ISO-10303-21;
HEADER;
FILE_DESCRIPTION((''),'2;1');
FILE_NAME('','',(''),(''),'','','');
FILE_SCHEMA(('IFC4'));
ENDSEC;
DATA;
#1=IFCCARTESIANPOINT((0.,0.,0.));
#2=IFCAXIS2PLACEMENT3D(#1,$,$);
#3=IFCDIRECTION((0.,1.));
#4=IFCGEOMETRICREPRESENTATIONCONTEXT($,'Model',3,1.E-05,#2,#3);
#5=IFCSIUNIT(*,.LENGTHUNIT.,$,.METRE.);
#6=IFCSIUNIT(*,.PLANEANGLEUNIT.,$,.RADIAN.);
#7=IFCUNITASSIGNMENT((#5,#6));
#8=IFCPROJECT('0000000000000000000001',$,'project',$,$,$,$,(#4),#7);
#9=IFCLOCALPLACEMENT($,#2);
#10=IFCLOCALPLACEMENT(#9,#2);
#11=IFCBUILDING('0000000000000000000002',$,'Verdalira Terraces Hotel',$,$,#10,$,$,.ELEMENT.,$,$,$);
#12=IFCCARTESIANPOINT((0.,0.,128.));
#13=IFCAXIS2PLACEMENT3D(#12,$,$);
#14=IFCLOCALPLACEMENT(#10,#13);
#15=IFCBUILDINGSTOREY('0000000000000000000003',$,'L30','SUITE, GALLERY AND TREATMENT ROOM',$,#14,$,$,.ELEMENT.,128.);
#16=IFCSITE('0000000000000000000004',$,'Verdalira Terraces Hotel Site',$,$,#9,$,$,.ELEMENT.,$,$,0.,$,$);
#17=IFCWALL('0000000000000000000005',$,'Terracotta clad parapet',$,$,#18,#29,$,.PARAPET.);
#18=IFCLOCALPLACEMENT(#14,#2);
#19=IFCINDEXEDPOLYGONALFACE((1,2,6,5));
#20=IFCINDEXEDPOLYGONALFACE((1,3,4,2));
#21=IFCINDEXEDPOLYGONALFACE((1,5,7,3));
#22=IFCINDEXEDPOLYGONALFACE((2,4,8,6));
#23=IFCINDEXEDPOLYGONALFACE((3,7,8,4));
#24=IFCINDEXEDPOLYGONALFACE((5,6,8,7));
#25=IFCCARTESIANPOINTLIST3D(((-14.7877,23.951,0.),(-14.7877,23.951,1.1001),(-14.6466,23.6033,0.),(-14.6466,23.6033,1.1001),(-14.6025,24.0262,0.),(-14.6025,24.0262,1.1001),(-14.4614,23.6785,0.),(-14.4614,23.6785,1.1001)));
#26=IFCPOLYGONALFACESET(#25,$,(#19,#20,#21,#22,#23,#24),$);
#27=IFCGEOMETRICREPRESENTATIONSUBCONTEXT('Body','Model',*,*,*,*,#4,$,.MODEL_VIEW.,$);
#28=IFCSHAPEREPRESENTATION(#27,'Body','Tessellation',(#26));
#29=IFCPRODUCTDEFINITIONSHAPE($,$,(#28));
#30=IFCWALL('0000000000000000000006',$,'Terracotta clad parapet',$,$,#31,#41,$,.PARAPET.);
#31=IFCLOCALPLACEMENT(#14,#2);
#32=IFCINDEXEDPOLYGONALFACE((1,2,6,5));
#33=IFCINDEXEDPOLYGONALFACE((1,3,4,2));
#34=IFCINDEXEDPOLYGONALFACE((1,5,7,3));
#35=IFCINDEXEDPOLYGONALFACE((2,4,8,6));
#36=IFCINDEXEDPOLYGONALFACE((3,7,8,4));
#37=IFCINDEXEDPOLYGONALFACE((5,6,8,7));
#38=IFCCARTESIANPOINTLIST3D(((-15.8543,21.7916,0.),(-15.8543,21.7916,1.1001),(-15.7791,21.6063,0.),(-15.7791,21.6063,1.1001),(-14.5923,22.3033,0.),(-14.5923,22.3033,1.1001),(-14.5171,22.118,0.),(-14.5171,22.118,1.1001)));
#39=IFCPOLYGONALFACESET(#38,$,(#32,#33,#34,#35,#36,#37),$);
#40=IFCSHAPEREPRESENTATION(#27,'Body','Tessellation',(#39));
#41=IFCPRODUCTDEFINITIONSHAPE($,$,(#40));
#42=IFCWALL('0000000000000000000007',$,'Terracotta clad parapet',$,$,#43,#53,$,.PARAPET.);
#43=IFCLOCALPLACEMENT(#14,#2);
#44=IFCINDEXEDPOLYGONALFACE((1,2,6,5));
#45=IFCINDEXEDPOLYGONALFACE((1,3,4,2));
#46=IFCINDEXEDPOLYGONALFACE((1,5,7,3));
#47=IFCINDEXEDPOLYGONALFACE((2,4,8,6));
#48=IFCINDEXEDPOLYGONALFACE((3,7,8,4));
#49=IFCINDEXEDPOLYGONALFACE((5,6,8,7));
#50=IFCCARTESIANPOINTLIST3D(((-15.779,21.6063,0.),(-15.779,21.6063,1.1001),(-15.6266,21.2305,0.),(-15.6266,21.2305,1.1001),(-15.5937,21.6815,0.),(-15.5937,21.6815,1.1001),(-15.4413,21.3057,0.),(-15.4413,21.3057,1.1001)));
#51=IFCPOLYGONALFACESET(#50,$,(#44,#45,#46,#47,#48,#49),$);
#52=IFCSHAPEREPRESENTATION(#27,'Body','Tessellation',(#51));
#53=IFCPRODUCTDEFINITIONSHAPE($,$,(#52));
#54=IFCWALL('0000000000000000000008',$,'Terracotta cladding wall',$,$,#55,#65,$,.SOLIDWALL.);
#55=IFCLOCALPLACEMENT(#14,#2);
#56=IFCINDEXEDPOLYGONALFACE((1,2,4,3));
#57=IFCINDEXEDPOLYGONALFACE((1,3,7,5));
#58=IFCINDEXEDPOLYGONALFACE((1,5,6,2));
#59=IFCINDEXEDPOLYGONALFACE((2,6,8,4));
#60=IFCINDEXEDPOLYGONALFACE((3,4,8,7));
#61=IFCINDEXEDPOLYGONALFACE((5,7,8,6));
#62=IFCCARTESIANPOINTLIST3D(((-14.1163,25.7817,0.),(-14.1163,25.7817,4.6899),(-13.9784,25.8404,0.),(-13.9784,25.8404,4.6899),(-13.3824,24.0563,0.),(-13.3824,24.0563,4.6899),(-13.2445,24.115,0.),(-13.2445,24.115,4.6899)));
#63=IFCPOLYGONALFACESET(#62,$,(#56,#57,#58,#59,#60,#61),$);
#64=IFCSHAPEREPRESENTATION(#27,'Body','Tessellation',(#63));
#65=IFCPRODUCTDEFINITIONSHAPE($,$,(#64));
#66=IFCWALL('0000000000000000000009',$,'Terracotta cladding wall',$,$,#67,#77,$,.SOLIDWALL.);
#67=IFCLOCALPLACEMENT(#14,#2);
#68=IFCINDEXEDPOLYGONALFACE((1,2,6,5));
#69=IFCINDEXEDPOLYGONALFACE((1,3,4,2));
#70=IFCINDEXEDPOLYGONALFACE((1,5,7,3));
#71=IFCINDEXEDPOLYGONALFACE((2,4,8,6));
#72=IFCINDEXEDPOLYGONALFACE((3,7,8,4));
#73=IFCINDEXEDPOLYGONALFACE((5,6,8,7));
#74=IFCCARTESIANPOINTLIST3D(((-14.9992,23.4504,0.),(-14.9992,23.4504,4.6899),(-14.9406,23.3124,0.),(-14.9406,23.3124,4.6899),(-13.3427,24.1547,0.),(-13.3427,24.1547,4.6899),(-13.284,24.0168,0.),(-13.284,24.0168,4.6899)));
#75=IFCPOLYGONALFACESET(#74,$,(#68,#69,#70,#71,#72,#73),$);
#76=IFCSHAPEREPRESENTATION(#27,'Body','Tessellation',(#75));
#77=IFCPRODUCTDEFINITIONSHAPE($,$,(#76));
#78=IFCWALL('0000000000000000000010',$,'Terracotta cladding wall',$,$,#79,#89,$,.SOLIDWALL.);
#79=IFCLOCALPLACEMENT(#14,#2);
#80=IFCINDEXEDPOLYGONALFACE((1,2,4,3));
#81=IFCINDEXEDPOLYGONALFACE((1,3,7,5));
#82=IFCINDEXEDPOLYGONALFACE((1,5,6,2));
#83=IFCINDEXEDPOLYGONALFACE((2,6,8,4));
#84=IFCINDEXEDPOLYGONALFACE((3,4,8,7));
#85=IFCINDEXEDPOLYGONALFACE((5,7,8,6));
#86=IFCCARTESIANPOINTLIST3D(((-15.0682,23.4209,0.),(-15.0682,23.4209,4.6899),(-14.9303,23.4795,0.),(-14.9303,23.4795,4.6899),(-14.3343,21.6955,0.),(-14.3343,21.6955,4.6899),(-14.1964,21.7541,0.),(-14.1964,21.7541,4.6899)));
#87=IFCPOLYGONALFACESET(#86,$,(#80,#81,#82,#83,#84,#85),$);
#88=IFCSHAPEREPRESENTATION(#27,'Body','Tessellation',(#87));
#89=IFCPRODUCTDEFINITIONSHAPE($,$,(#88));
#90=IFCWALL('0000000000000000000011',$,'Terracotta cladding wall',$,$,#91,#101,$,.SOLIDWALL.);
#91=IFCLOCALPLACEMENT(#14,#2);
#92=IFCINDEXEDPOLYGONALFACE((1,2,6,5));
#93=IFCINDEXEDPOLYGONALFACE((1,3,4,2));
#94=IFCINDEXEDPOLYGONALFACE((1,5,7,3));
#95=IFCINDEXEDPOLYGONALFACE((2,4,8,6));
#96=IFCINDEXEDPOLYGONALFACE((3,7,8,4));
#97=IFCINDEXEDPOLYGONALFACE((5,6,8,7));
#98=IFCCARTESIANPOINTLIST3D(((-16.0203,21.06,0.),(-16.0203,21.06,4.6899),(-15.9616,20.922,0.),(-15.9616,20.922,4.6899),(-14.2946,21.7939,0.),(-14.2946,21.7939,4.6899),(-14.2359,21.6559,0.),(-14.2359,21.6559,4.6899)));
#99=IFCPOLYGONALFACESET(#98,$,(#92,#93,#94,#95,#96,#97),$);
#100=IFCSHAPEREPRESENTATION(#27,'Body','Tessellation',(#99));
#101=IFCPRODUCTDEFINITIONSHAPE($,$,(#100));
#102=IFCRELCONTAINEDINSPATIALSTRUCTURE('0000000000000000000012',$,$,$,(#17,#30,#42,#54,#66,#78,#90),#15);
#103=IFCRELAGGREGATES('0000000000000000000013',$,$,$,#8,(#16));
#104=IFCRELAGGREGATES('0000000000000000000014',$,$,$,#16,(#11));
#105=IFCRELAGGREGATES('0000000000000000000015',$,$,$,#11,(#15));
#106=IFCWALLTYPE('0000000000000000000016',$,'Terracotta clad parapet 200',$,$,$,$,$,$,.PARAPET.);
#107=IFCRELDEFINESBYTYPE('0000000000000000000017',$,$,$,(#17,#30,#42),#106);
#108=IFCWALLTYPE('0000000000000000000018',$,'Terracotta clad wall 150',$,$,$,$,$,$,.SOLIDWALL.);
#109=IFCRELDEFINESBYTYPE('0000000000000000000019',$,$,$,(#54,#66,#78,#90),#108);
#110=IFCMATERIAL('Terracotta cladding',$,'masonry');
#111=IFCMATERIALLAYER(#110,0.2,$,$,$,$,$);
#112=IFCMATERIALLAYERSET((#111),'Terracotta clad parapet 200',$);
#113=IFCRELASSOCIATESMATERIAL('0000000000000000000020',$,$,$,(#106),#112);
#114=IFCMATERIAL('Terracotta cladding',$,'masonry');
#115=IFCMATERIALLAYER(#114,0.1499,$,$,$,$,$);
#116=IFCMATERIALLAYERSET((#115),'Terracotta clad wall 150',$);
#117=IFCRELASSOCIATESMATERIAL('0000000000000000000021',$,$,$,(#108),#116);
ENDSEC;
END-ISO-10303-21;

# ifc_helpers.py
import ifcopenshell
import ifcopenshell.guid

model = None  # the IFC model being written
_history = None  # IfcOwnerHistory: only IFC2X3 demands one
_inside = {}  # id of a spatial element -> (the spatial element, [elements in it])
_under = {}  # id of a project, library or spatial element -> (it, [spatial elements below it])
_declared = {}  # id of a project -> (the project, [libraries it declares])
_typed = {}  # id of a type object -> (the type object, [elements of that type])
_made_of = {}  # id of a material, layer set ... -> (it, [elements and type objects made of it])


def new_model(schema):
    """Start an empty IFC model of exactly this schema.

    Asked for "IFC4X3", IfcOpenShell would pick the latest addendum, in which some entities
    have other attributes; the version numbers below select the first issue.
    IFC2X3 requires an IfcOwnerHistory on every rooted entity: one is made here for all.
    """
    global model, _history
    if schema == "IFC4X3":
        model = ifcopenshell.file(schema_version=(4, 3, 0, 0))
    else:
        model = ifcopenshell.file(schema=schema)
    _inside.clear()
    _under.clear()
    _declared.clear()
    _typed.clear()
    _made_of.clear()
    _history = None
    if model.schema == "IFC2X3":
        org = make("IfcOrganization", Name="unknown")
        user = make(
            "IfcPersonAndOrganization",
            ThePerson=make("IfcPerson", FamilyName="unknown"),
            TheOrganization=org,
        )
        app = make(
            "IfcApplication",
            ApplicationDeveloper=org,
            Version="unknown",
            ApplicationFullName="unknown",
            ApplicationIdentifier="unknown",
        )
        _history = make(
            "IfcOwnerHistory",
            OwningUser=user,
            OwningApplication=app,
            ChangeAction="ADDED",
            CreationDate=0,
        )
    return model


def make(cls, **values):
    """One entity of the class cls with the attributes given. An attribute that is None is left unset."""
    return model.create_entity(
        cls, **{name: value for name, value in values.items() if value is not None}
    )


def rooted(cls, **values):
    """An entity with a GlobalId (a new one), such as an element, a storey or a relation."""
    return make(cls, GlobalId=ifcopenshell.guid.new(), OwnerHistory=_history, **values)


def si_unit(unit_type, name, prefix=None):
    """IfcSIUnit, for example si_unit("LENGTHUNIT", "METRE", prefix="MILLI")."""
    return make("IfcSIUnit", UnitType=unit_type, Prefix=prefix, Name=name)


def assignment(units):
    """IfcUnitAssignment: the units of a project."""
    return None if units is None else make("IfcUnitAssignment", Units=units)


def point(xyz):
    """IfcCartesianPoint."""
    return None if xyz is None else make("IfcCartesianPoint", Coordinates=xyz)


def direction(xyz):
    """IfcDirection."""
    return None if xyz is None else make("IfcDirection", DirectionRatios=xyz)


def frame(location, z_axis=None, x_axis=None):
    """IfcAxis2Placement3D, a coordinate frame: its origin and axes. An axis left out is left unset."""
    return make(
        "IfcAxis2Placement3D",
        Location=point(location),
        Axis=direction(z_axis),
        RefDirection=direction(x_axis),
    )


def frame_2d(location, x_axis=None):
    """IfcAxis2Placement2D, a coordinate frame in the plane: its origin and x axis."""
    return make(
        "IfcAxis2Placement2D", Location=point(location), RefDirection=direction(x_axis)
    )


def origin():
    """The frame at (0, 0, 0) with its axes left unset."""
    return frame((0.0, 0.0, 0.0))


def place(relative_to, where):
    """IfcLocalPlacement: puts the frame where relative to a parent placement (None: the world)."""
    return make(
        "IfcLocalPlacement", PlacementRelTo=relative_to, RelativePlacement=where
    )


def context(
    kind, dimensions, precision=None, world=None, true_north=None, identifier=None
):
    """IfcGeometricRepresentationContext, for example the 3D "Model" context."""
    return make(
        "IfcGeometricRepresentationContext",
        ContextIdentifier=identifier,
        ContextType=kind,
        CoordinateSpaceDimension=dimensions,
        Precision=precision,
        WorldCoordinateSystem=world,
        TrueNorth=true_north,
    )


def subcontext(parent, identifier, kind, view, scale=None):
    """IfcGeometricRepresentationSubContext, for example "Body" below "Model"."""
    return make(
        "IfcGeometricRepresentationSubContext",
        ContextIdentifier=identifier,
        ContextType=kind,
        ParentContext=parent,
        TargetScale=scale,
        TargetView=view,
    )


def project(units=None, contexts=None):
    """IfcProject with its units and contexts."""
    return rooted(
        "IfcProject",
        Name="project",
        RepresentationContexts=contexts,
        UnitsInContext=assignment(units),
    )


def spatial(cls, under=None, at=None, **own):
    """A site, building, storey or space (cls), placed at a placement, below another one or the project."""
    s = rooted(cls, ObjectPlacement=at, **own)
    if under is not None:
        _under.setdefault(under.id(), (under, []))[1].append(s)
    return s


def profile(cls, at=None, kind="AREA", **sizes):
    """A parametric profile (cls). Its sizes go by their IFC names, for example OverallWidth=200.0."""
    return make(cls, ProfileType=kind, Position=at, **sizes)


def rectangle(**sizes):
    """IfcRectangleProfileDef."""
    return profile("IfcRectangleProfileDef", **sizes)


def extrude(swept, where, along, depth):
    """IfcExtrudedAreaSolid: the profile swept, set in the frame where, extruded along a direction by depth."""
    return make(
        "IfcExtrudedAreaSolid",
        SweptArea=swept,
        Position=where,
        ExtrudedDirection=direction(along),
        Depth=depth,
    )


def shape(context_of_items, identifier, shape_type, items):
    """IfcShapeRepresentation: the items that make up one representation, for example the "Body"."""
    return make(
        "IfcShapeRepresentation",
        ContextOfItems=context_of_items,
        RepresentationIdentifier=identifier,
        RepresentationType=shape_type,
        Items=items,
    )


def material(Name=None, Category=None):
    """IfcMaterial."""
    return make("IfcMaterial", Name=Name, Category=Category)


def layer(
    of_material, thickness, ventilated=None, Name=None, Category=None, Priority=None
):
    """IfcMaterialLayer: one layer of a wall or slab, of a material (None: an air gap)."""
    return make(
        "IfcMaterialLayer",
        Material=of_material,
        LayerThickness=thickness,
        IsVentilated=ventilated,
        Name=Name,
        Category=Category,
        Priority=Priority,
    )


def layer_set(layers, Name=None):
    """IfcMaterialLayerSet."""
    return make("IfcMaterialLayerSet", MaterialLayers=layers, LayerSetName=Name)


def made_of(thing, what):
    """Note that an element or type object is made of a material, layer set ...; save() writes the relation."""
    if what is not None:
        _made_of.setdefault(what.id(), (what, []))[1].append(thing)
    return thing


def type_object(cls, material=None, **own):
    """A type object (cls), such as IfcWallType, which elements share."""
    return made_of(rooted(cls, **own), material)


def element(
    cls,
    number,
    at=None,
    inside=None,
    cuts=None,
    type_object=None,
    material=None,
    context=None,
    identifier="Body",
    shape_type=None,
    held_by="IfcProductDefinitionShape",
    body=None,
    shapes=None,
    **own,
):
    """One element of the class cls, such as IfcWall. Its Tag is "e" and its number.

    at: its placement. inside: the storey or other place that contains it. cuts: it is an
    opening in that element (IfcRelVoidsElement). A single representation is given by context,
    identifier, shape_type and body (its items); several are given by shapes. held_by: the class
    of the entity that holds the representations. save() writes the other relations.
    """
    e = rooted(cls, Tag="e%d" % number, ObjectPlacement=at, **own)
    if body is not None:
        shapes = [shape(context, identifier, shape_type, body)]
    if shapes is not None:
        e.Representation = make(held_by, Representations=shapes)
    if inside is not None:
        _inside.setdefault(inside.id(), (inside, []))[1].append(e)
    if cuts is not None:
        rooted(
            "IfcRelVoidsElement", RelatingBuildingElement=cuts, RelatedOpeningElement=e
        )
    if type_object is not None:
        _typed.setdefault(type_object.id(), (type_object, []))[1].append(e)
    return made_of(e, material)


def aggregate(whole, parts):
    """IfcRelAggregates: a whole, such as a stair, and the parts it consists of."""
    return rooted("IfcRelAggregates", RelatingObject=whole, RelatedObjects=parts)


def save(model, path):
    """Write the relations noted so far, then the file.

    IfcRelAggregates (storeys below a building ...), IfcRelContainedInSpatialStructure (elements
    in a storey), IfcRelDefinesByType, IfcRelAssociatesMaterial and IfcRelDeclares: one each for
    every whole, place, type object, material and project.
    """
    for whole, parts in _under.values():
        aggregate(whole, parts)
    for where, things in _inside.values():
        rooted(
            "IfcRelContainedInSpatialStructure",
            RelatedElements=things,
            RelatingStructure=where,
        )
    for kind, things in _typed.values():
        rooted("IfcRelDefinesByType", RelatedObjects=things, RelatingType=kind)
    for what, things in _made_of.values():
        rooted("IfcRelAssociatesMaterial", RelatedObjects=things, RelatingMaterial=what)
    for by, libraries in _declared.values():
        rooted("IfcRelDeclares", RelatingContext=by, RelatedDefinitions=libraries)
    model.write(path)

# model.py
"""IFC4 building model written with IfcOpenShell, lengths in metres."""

from ifc_helpers import new_model, si_unit, direction, frame, frame_2d, origin, place, context, subcontext, project, spatial, rectangle, extrude, material, layer, layer_set, type_object, element, save


model = new_model("IFC4")

# Units and contexts
model_context = context("Model", 3, precision=1e-05, world=origin(), true_north=direction((0.0, 1.0)))
body_context = subcontext(model_context, "Body", "Model", "MODEL_VIEW")
ifc_project = project(units=[si_unit("LENGTHUNIT", "METRE"), si_unit("PLANEANGLEUNIT", "RADIAN")], contexts=[model_context])

# Site, building, storey
site_placement = place(None, origin())
site = spatial("IfcSite", under=ifc_project, at=site_placement, Name="Verdalira Terraces Hotel Site", CompositionType="ELEMENT", RefElevation=0.0)
building_placement = place(site_placement, origin())
building = spatial("IfcBuilding", under=site, at=building_placement, Name="Verdalira Terraces Hotel", CompositionType="ELEMENT")
storey_placement = place(building_placement, frame((0.0, 0.0, 128.0)))
storey = spatial("IfcBuildingStorey", under=building, at=storey_placement, Name="L30", Description="SUITE, GALLERY AND TREATMENT ROOM", CompositionType="ELEMENT", Elevation=128.0)

# Walls
ifc_material_1 = material(Name="Terracotta cladding", Category="masonry")
ifc_layer_1 = layer(ifc_material_1, 0.2)
ifc_layer_set_1 = layer_set([ifc_layer_1], Name="Terracotta clad parapet 200")
wall_type_1 = type_object("IfcWallType", Name="Terracotta clad parapet 200", PredefinedType="PARAPET", material=ifc_layer_set_1)
wall_1_placement = place(storey_placement, frame((-14.6951, 23.9885, 0.0), z_axis=(0.0, 0.0, 1.0), x_axis=(0.376098, -0.92658, 0.0)))
element("IfcWall", 1, at=wall_1_placement, inside=storey, type_object=wall_type_1, Name="Terracotta clad parapet", PredefinedType="PARAPET", context=body_context, shape_type="SweptSolid", body=[
    extrude(rectangle(XDim=0.3752, YDim=0.2, at=frame_2d((0.1875, 0.0))), origin(), (0.0, 0.0, 1.0), 1.1001),
])
wall_2_placement = place(storey_placement, frame((-14.5547, 22.2107, 0.0), z_axis=(0.0, 0.0, 1.0), x_axis=(-0.926711, -0.375776, 0.0)))
element("IfcWall", 2, at=wall_2_placement, inside=storey, type_object=wall_type_1, Name="Terracotta clad parapet", PredefinedType="PARAPET", context=body_context, shape_type="SweptSolid", body=[
    extrude(rectangle(XDim=1.3618, YDim=0.2, at=frame_2d((0.6809, 0.0))), origin(), (0.0, 0.0, 1.0), 1.1001),
])
wall_3_placement = place(storey_placement, frame((-15.6863, 21.6438, 0.0), z_axis=(0.0, 0.0, 1.0), x_axis=(0.375747, -0.926722, 0.0)))
element("IfcWall", 3, at=wall_3_placement, inside=storey, type_object=wall_type_1, Name="Terracotta clad parapet", PredefinedType="PARAPET", context=body_context, shape_type="SweptSolid", body=[
    extrude(rectangle(XDim=0.4055, YDim=0.2, at=frame_2d((0.2026, 0.0))), origin(), (0.0, 0.0, 1.0), 1.1001),
])
ifc_material_2 = material(Name="Terracotta cladding", Category="masonry")
ifc_layer_2 = layer(ifc_material_2, 0.1499)
ifc_layer_set_2 = layer_set([ifc_layer_2], Name="Terracotta clad wall 150")
wall_type_2 = type_object("IfcWallType", Name="Terracotta clad wall 150", PredefinedType="SOLIDWALL", material=ifc_layer_set_2)
wall_4_placement = place(storey_placement, frame((-14.0474, 25.811, 0.0), z_axis=(0.0, 0.0, 1.0), x_axis=(0.391419, -0.920213, 0.0)))
element("IfcWall", 4, at=wall_4_placement, inside=storey, type_object=wall_type_2, Name="Terracotta cladding wall", PredefinedType="SOLIDWALL", context=body_context, shape_type="SweptSolid", body=[
    extrude(rectangle(XDim=1.875, YDim=0.1499, at=frame_2d((0.9375, 0.0))), origin(), (0.0, 0.0, 1.0), 4.6899),
])
wall_5_placement = place(storey_placement, frame((-13.3135, 24.0857, 0.0), z_axis=(0.0, 0.0, 1.0), x_axis=(-0.920264, -0.391299, 0.0)))
element("IfcWall", 5, at=wall_5_placement, inside=storey, type_object=wall_type_2, Name="Terracotta cladding wall", PredefinedType="SOLIDWALL", context=body_context, shape_type="SweptSolid", body=[
    extrude(rectangle(XDim=1.8, YDim=0.1499, at=frame_2d((0.8999, 0.0))), origin(), (0.0, 0.0, 1.0), 4.6899),
])
wall_6_placement = place(storey_placement, frame((-14.9993, 23.4502, 0.0), z_axis=(0.0, 0.0, 1.0), x_axis=(0.391419, -0.920213, 0.0)))
element("IfcWall", 6, at=wall_6_placement, inside=storey, type_object=wall_type_2, Name="Terracotta cladding wall", PredefinedType="SOLIDWALL", context=body_context, shape_type="SweptSolid", body=[
    extrude(rectangle(XDim=1.875, YDim=0.1499, at=frame_2d((0.9375, 0.0))), origin(), (0.0, 0.0, 1.0), 4.6899),
])
wall_7_placement = place(storey_placement, frame((-14.2654, 21.7249, 0.0), z_axis=(0.0, 0.0, 1.0), x_axis=(-0.920232, -0.391372, 0.0)))
element("IfcWall", 7, at=wall_7_placement, inside=storey, type_object=wall_type_2, Name="Terracotta cladding wall", PredefinedType="SOLIDWALL", context=body_context, shape_type="SweptSolid", body=[
    extrude(rectangle(XDim=1.8752, YDim=0.1499, at=frame_2d((0.9375, 0.0))), origin(), (0.0, 0.0, 1.0), 4.6899),
])

save(model, "model.ifc")
